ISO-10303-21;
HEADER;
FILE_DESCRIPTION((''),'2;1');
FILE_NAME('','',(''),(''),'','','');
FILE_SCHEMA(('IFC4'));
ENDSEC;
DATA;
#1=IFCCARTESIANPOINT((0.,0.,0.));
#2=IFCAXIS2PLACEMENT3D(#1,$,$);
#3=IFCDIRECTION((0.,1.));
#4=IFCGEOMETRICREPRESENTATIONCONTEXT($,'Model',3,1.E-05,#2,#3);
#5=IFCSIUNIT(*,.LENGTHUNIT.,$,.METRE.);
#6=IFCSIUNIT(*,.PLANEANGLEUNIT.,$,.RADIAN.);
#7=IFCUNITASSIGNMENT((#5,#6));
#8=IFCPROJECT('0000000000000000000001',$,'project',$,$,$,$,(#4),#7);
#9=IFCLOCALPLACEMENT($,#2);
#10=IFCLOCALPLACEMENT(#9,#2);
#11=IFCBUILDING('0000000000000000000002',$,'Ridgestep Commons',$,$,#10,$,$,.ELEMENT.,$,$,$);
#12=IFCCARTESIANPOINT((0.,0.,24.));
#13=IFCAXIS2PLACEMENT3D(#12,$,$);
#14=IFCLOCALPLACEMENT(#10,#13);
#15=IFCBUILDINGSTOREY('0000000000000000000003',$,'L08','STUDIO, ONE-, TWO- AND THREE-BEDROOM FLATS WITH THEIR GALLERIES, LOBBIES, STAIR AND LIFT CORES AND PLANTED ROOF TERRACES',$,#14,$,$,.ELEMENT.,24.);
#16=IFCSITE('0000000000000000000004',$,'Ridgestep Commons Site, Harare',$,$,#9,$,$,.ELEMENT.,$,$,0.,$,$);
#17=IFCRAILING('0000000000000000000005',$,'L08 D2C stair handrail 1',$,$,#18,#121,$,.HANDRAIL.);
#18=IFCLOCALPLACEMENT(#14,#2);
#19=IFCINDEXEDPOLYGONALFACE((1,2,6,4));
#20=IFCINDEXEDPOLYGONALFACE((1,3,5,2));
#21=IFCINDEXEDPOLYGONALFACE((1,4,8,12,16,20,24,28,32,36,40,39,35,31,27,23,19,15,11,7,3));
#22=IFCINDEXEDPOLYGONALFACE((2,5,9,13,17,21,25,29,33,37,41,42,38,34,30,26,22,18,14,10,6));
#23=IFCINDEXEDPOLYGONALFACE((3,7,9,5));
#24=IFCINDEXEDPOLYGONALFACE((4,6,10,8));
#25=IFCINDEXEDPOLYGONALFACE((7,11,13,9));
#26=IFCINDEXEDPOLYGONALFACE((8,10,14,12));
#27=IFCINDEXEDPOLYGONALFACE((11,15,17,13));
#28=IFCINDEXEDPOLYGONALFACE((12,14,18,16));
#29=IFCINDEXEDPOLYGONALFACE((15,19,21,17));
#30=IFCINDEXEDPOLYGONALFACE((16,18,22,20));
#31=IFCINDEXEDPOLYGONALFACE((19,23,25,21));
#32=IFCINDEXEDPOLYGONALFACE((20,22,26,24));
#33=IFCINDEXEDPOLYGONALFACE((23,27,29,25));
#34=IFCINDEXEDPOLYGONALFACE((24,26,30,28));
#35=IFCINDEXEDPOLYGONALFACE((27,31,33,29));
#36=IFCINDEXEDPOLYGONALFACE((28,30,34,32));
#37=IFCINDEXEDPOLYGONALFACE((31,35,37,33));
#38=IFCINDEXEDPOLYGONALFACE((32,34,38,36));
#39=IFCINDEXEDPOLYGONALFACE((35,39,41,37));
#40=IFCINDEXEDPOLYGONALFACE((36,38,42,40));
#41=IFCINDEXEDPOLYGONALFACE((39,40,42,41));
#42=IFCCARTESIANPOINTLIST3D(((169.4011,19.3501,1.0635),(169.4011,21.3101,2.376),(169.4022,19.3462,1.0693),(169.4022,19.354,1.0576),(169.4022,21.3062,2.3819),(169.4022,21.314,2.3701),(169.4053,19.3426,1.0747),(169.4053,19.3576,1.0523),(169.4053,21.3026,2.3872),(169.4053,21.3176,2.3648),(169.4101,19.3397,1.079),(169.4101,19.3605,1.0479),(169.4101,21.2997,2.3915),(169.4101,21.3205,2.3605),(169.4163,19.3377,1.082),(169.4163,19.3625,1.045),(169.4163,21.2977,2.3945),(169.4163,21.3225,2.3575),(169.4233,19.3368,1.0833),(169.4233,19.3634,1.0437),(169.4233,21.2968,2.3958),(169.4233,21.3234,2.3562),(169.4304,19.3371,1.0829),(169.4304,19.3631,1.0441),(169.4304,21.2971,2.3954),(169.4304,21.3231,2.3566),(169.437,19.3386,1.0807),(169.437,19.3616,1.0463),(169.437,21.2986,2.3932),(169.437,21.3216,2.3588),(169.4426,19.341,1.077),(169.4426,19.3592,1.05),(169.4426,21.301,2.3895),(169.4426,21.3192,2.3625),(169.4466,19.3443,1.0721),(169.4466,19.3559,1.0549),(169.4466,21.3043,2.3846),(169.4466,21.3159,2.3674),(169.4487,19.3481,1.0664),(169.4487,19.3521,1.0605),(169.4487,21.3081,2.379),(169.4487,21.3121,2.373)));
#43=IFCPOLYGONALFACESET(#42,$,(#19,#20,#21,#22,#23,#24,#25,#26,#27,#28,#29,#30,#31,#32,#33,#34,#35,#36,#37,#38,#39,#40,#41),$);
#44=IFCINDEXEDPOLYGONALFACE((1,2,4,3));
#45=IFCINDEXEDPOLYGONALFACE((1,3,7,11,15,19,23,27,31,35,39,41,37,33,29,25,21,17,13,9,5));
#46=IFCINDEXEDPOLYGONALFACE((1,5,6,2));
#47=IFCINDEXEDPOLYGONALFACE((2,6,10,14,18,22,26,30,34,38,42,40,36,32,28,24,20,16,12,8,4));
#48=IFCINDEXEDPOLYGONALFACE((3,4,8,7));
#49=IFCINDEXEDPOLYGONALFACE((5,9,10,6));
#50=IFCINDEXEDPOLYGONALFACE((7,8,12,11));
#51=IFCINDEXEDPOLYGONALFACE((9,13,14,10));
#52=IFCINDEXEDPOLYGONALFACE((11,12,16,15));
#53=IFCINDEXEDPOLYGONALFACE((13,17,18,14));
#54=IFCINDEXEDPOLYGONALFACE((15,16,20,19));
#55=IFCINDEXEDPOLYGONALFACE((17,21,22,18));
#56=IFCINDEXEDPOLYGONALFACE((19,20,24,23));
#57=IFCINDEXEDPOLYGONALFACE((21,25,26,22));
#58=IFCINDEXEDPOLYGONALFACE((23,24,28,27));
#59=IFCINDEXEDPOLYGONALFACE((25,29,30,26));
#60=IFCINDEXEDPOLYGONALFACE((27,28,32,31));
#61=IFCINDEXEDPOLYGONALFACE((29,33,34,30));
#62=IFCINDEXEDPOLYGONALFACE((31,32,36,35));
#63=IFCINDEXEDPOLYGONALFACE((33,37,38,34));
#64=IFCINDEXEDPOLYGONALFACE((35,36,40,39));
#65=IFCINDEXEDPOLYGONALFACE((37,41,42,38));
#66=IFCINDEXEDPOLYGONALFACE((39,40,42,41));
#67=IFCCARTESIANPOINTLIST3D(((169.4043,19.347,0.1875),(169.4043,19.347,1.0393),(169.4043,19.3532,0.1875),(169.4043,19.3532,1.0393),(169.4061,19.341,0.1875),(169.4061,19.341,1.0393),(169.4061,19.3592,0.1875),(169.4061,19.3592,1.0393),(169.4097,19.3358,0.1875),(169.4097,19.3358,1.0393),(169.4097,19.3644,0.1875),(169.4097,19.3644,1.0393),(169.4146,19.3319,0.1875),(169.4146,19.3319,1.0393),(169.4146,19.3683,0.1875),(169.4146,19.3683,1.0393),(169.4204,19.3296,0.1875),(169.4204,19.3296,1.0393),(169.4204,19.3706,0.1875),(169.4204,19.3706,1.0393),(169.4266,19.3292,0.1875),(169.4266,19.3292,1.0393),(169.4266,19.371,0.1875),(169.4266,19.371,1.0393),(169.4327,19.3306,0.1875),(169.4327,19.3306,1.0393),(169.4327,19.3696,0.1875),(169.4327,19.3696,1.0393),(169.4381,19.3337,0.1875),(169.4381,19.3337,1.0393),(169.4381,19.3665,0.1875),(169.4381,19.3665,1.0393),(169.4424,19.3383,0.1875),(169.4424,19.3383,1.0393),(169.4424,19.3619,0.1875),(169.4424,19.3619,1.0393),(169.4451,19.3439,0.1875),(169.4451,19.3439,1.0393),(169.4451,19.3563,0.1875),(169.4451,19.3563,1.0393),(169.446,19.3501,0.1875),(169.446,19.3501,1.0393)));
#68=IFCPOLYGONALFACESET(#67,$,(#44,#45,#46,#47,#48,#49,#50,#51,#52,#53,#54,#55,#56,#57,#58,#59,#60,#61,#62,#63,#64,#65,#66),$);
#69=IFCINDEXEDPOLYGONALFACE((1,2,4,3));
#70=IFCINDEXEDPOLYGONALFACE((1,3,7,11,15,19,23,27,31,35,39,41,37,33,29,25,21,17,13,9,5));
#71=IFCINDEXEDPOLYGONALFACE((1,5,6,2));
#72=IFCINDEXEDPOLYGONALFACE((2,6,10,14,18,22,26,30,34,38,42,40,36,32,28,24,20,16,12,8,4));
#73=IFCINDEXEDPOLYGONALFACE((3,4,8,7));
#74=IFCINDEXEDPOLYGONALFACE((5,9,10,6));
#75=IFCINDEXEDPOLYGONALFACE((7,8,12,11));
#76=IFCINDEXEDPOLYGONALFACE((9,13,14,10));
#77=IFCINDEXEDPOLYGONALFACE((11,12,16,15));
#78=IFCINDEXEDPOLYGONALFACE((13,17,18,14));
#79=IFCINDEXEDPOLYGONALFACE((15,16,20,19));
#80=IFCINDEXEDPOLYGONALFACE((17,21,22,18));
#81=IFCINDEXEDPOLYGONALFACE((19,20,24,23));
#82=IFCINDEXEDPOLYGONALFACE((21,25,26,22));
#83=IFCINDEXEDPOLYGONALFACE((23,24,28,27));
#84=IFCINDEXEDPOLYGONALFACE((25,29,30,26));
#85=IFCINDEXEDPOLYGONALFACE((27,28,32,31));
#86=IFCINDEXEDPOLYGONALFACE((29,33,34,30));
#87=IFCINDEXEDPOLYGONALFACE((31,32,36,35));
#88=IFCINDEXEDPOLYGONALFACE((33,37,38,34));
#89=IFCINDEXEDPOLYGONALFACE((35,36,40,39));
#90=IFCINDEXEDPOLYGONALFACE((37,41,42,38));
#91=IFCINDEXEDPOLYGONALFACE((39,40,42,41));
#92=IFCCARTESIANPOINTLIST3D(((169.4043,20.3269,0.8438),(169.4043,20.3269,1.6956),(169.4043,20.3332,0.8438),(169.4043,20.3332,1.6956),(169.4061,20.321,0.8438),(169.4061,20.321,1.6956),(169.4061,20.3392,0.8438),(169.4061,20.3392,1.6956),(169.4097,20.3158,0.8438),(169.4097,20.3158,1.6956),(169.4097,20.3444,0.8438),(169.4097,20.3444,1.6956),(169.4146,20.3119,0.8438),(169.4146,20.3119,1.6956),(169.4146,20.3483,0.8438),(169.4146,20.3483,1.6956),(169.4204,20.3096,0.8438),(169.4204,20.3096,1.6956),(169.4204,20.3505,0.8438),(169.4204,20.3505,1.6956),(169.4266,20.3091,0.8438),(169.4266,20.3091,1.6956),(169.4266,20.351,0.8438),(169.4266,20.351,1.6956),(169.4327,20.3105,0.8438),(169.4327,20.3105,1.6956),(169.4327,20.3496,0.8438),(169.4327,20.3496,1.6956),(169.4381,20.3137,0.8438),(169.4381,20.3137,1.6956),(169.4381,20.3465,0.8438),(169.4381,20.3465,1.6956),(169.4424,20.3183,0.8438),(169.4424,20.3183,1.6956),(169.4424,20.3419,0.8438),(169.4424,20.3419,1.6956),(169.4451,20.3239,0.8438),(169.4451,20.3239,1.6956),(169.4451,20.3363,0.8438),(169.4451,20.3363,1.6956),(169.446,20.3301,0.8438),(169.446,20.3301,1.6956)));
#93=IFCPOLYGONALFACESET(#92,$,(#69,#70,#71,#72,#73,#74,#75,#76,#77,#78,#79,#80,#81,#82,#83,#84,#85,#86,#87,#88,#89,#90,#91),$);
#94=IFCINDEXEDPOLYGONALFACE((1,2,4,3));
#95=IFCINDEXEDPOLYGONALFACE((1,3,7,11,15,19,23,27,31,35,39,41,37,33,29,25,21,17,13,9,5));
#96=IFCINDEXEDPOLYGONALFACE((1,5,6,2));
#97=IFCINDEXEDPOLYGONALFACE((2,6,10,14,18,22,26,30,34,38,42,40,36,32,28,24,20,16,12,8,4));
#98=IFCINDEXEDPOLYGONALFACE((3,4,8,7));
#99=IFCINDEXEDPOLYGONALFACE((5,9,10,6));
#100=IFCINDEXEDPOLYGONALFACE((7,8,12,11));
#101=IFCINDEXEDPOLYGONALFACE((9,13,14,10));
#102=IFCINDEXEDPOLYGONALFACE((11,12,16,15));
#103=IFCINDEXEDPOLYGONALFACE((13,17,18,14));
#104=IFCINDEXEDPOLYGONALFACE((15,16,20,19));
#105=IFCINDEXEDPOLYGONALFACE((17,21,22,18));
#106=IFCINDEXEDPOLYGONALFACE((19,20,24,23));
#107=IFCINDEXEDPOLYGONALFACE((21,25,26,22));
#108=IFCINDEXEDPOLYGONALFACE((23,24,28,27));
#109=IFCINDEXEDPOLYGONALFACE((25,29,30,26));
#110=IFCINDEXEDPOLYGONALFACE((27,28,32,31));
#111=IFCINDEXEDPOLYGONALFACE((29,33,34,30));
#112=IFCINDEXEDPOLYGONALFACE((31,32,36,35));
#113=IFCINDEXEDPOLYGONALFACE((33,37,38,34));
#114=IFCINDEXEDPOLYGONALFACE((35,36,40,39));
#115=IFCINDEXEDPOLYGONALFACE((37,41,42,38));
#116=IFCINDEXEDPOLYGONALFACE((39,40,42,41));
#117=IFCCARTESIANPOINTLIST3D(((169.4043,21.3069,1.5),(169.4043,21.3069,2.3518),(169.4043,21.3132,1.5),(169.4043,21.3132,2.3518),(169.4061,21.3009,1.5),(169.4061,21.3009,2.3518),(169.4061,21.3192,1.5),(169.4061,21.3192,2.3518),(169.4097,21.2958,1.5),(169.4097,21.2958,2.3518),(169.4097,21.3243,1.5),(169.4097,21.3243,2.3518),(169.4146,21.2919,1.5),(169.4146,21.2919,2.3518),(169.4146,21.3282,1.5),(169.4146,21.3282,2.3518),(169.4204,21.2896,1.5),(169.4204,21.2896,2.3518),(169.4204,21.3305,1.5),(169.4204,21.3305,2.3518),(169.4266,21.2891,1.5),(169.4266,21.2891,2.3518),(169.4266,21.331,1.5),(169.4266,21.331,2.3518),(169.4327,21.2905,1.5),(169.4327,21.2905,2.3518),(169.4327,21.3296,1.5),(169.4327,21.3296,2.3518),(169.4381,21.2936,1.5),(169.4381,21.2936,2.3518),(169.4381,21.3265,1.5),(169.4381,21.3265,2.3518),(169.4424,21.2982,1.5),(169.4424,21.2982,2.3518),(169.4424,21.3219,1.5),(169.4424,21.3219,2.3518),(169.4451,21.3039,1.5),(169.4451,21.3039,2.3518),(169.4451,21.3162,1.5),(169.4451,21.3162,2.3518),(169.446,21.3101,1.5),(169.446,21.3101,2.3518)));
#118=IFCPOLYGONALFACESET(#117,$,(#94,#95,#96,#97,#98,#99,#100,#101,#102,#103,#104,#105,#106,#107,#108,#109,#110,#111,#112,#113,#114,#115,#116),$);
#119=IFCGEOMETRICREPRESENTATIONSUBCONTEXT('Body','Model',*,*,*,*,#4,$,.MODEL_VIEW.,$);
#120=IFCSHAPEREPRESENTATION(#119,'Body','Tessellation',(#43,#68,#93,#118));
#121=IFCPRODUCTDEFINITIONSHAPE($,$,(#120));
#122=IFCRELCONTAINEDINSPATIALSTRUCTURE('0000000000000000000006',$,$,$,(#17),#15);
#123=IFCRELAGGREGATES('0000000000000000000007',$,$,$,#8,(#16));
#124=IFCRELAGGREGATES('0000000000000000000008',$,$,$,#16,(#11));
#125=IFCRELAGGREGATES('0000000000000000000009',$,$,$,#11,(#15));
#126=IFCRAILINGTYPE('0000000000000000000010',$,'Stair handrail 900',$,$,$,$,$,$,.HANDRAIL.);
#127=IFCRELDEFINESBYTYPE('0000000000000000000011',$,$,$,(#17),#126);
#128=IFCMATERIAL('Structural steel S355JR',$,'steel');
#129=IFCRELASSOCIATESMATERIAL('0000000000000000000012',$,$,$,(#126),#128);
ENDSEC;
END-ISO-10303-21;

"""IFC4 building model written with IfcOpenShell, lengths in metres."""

from ifc_helpers import new_model, si_unit, direction, frame, origin, origin_2d, place, context, subcontext, project, spatial, circle, extrude, material, type_object, element, save


model = new_model("IFC4")

# Units and contexts
model_context = context("Model", 3, precision=1e-05, world=origin(), true_north=direction((0.0, 1.0)))
body_context = subcontext(model_context, "Body", "Model", "MODEL_VIEW")
ifc_project = project(units=[si_unit("LENGTHUNIT", "METRE"), si_unit("PLANEANGLEUNIT", "RADIAN")], contexts=[model_context])

# Site, building, storey
site_placement = place(None, origin())
site = spatial("IfcSite", under=ifc_project, at=site_placement, Name="Ridgestep Commons Site, Harare", CompositionType="ELEMENT", RefElevation=0.0)
building_placement = place(site_placement, origin())
building = spatial("IfcBuilding", under=site, at=building_placement, Name="Ridgestep Commons", CompositionType="ELEMENT")
storey_placement = place(building_placement, frame((0.0, 0.0, 24.0)))
storey = spatial("IfcBuildingStorey", under=building, at=storey_placement, Name="L08", Description="STUDIO, ONE-, TWO- AND THREE-BEDROOM FLATS WITH THEIR GALLERIES, LOBBIES, STAIR AND LIFT CORES AND PLANTED ROOF TERRACES", CompositionType="ELEMENT", Elevation=24.0)

# Railing
ifc_material_1 = material(Name="Structural steel S355JR", Category="steel")
railing_type_1 = type_object("IfcRailingType", Name="Stair handrail 900", PredefinedType="HANDRAIL", material=ifc_material_1)
railing_1_placement = place(storey_placement, frame((169.425, 19.3501, 0.1875)))
element("IfcRailing", 1, at=railing_1_placement, inside=storey, type_object=railing_type_1, Name="L08 D2C stair handrail 1", PredefinedType="HANDRAIL", context=body_context, shape_type="SweptSolid", body=[
    extrude(circle(Radius=0.0239, at=origin_2d()), frame((0.0, 0.0, 0.876), z_axis=(0.0, 0.830902, 0.556419), x_axis=(-1.0, 0.0, 0.0)), (0.0, 0.0, 1.0), 2.3589),
    extrude(circle(Radius=0.021, at=origin_2d()), origin(), (0.0, 0.0, 1.0), 0.8518),
    extrude(circle(Radius=0.021, at=origin_2d()), frame((0.0, 0.98, 0.6562)), (0.0, 0.0, 1.0), 0.8518),
    extrude(circle(Radius=0.021, at=origin_2d()), frame((0.0, 1.96, 1.3125)), (0.0, 0.0, 1.0), 0.8518),
])

save(model, "model.ifc")
